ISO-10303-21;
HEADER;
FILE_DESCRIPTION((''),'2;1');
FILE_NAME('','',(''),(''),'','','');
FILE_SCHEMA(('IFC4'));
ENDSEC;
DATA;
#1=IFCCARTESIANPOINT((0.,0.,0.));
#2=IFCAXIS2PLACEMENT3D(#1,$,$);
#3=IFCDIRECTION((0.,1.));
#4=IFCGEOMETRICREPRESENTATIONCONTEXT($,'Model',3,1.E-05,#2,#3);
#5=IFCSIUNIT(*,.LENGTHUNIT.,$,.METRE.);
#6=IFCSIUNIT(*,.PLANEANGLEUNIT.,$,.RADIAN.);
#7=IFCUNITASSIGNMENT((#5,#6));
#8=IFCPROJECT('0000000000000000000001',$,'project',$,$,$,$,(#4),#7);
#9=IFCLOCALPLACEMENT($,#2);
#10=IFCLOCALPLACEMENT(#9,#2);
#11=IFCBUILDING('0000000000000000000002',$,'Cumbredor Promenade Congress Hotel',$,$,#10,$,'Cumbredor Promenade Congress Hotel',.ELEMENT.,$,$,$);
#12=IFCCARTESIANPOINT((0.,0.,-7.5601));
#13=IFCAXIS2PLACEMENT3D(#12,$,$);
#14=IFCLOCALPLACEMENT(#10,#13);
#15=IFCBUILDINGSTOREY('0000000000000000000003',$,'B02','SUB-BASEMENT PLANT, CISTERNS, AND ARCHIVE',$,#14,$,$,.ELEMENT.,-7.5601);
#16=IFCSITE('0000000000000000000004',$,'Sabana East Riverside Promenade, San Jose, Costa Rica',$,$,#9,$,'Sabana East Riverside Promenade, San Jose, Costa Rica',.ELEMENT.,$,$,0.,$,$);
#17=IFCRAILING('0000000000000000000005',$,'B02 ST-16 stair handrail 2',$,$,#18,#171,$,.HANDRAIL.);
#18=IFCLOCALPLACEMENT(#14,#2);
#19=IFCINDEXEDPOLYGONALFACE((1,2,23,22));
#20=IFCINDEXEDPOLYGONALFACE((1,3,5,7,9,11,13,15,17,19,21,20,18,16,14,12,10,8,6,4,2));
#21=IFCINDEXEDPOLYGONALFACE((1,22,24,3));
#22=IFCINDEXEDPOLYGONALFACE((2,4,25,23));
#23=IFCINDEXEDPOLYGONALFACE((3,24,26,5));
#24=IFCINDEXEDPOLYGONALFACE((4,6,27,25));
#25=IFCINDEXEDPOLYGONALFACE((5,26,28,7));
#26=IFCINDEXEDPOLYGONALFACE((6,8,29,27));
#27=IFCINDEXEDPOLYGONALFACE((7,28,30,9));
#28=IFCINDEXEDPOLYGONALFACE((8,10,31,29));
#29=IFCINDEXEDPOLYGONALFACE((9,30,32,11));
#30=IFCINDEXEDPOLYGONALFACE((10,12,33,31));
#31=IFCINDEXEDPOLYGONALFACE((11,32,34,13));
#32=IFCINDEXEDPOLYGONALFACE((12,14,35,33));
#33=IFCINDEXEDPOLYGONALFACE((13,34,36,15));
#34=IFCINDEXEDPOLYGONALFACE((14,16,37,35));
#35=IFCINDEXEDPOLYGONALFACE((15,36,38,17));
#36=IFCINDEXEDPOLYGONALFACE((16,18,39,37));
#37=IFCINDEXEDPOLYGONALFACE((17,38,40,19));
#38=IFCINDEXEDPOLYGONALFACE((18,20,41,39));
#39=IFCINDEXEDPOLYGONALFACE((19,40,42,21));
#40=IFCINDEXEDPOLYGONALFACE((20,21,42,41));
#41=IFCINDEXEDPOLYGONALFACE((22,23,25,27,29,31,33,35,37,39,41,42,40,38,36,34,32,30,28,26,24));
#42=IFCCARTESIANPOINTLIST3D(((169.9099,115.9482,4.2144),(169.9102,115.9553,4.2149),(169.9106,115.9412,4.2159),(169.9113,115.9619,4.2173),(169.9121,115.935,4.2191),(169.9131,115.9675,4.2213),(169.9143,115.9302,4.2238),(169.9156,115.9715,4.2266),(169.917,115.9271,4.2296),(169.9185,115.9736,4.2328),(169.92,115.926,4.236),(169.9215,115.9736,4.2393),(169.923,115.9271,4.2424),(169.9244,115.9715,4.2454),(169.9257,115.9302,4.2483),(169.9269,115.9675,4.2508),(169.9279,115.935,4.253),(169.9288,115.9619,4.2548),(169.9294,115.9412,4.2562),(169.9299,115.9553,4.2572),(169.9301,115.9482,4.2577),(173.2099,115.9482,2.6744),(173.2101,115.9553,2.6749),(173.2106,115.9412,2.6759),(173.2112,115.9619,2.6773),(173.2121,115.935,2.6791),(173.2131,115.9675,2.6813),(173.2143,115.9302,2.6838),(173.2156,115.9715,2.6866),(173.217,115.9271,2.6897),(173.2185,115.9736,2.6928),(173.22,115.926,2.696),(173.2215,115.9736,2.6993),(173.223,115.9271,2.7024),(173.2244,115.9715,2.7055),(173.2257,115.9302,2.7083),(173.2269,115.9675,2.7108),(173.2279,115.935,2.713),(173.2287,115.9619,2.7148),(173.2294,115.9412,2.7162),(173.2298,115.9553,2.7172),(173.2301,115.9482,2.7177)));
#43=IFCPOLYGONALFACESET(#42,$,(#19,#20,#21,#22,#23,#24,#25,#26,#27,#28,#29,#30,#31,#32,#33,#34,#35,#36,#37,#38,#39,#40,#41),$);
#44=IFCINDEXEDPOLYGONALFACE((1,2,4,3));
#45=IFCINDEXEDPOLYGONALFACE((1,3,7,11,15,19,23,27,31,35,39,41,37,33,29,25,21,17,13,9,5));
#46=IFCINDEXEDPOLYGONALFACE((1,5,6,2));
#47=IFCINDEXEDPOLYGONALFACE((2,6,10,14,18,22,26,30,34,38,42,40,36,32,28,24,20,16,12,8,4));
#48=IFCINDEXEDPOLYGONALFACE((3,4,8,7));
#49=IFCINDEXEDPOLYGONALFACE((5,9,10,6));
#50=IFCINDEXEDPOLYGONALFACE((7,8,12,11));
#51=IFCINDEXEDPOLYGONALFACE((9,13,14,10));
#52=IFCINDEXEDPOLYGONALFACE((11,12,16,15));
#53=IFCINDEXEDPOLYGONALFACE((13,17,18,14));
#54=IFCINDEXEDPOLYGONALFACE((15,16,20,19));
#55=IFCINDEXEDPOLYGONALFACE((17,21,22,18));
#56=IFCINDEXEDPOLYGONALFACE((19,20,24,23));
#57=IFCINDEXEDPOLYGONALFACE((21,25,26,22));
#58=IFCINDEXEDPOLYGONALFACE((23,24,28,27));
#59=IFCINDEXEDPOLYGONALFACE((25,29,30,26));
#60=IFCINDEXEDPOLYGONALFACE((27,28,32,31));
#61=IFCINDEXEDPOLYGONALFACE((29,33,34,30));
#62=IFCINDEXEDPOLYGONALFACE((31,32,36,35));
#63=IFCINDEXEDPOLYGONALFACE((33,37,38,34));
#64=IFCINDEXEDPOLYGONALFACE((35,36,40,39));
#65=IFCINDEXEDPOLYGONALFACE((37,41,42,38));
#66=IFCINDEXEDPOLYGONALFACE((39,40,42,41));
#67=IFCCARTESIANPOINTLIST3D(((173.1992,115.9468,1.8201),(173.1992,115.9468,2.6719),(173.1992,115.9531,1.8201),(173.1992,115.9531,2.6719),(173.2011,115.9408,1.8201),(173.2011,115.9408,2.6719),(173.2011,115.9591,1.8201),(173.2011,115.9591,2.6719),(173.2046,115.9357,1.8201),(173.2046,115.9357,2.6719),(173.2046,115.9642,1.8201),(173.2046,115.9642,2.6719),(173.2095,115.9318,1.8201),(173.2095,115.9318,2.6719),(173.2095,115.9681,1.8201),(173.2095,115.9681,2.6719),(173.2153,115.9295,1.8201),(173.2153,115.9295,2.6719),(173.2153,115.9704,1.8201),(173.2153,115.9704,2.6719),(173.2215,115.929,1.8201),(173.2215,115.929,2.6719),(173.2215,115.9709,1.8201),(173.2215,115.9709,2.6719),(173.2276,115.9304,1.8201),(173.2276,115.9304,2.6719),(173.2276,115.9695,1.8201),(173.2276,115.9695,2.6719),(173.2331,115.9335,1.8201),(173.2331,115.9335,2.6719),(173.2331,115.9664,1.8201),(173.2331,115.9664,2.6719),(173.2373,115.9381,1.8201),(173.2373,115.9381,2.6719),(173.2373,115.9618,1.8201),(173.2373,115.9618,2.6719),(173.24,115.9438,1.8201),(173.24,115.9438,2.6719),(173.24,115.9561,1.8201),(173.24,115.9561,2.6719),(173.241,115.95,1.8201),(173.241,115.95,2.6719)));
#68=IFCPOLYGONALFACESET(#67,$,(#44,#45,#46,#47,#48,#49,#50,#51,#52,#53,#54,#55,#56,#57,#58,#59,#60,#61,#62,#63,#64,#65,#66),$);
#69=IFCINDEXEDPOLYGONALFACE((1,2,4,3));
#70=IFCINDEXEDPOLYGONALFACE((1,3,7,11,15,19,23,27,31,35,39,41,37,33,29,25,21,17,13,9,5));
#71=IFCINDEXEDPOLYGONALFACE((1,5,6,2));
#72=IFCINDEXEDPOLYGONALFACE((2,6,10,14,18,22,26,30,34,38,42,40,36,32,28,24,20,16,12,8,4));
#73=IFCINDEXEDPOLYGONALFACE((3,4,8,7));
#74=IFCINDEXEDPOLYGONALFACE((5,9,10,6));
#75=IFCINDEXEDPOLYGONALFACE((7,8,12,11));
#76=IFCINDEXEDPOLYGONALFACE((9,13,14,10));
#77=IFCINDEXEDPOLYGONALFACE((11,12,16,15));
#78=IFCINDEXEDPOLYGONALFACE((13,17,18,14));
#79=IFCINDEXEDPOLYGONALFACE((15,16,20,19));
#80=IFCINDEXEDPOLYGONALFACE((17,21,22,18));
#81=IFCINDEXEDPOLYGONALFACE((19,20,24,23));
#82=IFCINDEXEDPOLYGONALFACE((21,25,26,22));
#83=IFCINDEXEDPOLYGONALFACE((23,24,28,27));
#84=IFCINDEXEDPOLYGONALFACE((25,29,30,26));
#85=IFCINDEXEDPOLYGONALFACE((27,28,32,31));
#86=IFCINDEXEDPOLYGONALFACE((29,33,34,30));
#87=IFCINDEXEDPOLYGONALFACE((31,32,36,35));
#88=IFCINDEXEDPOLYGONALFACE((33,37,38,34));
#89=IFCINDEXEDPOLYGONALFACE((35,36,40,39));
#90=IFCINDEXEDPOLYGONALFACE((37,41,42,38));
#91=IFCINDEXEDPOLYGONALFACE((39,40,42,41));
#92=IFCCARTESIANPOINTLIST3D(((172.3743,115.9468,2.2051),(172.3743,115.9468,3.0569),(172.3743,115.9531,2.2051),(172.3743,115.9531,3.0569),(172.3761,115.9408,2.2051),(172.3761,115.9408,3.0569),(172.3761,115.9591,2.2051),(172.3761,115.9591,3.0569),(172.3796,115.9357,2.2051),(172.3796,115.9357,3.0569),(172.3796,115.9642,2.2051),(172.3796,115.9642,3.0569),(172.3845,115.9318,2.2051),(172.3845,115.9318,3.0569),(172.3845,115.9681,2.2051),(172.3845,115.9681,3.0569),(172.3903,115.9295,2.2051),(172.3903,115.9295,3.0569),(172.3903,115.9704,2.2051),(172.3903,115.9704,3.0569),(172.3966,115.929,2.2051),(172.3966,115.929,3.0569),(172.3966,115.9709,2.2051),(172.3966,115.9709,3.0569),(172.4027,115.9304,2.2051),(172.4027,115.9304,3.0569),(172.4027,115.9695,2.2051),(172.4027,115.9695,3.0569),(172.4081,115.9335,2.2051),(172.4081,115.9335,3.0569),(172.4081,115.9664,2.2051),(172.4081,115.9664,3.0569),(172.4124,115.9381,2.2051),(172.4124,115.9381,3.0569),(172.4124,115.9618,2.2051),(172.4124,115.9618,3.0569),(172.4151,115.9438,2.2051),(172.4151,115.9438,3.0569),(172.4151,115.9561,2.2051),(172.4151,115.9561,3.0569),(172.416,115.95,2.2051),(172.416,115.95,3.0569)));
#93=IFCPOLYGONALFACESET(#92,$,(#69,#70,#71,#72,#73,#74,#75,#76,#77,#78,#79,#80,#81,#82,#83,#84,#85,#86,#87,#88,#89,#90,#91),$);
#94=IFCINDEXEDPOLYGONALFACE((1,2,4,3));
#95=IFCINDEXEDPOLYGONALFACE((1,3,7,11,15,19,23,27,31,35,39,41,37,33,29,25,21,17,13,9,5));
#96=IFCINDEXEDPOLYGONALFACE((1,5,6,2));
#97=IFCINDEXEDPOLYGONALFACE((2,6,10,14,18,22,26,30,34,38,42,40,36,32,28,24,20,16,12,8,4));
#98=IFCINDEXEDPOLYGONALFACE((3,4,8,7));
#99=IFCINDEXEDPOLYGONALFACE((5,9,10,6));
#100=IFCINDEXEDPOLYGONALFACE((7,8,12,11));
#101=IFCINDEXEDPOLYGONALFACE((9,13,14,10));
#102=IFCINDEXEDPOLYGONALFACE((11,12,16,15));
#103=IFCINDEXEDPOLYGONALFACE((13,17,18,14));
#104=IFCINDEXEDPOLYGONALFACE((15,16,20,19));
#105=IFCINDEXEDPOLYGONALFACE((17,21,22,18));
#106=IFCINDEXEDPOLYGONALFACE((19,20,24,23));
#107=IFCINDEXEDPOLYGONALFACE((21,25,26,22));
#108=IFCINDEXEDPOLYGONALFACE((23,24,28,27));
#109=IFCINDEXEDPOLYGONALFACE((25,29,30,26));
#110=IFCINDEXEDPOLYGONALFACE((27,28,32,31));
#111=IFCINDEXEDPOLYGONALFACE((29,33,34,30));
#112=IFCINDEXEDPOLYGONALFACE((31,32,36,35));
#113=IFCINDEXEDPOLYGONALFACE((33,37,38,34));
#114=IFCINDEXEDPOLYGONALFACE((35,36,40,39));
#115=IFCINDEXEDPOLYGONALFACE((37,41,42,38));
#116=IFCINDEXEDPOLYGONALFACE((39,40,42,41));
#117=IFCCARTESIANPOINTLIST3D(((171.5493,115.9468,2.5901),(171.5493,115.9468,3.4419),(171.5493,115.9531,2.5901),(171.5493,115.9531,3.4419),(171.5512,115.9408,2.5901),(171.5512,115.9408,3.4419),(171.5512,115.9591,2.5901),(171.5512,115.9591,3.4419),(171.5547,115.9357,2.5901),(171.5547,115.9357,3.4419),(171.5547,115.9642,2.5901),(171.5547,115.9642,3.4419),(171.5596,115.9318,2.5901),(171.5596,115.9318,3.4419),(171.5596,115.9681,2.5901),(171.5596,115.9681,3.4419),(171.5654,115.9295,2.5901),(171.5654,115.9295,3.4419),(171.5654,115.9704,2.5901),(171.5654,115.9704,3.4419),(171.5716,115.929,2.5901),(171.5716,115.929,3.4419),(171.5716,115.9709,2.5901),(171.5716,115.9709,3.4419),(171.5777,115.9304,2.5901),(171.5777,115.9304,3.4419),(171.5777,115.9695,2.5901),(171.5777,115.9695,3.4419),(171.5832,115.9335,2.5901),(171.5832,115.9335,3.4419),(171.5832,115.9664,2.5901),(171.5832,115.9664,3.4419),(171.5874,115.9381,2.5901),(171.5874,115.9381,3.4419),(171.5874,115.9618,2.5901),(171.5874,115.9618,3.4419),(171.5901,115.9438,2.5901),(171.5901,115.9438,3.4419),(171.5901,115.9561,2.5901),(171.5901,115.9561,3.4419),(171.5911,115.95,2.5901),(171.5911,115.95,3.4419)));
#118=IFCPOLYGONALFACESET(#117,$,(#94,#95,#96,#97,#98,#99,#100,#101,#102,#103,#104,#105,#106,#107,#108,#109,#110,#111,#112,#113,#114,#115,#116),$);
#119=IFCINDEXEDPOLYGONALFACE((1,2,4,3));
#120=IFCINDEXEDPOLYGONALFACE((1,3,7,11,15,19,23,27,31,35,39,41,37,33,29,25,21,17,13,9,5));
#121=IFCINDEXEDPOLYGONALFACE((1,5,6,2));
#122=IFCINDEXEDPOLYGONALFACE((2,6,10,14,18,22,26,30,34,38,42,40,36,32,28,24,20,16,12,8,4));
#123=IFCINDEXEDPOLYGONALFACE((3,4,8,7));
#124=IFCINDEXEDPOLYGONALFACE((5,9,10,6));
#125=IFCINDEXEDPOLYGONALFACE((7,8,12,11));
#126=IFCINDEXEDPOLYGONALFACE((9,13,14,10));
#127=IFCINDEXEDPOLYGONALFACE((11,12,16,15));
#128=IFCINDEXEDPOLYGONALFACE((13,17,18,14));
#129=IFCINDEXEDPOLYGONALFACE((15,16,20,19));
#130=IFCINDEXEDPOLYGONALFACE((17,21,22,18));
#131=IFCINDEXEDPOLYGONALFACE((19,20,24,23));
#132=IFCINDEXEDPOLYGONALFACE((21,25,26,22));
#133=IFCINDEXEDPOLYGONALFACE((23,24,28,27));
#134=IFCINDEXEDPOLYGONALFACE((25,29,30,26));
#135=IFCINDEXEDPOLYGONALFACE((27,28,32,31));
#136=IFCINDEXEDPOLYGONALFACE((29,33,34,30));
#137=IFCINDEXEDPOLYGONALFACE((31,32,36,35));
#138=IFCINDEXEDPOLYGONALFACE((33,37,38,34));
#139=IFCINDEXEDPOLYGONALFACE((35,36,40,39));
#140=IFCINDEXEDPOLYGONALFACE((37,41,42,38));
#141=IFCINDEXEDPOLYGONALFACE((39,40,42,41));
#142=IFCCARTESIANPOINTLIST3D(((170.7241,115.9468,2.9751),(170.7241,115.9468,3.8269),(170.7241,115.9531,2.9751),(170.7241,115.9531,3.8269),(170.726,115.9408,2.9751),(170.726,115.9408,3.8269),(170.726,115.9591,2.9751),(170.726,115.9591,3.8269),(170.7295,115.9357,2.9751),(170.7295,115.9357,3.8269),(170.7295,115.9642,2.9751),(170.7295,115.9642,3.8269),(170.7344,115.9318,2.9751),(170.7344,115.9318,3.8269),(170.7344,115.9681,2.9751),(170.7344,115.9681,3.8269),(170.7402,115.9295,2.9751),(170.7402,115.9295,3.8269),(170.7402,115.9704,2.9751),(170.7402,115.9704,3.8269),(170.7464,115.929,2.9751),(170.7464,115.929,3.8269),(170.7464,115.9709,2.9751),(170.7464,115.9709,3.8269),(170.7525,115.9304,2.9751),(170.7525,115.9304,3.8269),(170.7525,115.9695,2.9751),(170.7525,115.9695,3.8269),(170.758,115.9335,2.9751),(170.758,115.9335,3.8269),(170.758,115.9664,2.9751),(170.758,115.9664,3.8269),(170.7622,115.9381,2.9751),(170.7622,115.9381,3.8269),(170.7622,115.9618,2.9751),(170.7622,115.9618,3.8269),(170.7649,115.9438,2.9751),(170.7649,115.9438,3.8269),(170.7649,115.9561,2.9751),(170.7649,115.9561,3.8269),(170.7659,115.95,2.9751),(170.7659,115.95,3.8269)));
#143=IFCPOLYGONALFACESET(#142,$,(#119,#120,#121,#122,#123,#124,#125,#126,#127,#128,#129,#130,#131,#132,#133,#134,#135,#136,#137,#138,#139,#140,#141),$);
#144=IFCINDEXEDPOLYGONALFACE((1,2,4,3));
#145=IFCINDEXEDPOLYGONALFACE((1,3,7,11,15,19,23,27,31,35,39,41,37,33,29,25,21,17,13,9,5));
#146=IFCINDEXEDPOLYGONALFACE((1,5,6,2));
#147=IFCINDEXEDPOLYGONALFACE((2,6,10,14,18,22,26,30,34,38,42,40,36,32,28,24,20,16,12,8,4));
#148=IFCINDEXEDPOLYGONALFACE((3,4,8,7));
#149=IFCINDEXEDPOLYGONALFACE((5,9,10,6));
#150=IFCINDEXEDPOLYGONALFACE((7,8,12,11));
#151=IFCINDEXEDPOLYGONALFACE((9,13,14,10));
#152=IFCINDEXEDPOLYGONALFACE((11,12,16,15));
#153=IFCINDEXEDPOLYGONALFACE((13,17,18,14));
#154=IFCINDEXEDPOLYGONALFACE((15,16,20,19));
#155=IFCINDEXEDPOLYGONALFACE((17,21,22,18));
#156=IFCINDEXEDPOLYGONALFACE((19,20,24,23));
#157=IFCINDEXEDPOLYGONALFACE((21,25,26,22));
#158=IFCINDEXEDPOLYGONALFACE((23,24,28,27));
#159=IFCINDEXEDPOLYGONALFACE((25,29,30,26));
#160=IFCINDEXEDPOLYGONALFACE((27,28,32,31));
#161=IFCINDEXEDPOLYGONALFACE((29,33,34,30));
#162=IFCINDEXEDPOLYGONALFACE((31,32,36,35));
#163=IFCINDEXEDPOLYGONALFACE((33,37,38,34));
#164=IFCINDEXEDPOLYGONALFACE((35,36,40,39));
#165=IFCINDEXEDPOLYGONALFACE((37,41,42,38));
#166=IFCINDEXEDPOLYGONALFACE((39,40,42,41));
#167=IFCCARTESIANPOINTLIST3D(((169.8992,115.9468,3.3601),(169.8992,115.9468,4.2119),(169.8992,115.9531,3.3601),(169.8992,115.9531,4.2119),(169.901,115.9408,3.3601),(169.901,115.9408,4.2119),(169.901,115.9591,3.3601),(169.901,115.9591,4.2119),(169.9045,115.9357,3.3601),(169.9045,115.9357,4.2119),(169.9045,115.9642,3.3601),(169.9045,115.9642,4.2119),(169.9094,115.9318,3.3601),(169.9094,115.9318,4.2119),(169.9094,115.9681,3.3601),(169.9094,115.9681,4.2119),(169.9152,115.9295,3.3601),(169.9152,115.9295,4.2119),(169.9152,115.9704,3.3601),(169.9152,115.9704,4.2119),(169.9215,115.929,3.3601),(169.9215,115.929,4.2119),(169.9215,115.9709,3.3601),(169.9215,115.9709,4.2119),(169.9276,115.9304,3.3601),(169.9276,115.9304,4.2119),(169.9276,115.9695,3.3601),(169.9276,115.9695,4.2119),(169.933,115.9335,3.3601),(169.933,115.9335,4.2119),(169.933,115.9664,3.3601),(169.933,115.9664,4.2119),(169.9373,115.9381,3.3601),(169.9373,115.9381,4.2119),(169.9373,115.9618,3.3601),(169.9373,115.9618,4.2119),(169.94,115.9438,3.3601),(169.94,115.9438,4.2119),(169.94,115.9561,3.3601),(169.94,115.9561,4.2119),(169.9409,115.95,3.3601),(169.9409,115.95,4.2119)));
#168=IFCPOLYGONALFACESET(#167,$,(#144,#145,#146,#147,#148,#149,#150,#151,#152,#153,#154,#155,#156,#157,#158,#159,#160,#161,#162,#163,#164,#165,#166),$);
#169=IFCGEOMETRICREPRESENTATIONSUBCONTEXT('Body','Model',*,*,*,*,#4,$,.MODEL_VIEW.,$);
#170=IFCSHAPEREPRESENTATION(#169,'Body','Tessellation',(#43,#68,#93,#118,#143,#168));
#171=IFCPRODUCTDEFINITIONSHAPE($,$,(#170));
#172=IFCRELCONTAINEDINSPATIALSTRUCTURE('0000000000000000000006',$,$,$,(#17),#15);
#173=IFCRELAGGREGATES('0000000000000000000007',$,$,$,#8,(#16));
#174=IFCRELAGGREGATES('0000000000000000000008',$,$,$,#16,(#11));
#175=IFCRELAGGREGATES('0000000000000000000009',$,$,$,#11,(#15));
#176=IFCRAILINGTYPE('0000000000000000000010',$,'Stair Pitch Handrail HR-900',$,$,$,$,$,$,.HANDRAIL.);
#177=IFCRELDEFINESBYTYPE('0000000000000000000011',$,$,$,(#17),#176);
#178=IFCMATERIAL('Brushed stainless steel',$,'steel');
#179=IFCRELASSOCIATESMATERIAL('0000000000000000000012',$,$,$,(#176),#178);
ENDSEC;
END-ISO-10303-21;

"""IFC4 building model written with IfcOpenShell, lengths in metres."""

from ifc_helpers import new_model, si_unit, direction, frame, origin, origin_2d, place, context, subcontext, project, spatial, circle, extrude, material, type_object, element, save


model = new_model("IFC4")

# Units and contexts
model_context = context("Model", 3, precision=1e-05, world=origin(), true_north=direction((0.0, 1.0)))
body_context = subcontext(model_context, "Body", "Model", "MODEL_VIEW")
ifc_project = project(units=[si_unit("LENGTHUNIT", "METRE"), si_unit("PLANEANGLEUNIT", "RADIAN")], contexts=[model_context])

# Site, building, storey
site_placement = place(None, origin())
site = spatial("IfcSite", under=ifc_project, at=site_placement, Name="Sabana East Riverside Promenade, San Jose, Costa Rica", LongName="Sabana East Riverside Promenade, San Jose, Costa Rica", CompositionType="ELEMENT", RefElevation=0.0)
building_placement = place(site_placement, origin())
building = spatial("IfcBuilding", under=site, at=building_placement, Name="Cumbredor Promenade Congress Hotel", LongName="Cumbredor Promenade Congress Hotel", CompositionType="ELEMENT")
storey_placement = place(building_placement, frame((0.0, 0.0, -7.5601)))
storey = spatial("IfcBuildingStorey", under=building, at=storey_placement, Name="B02", Description="SUB-BASEMENT PLANT, CISTERNS, AND ARCHIVE", CompositionType="ELEMENT", Elevation=-7.5601)

# Railing
ifc_material_1 = material(Name="Brushed stainless steel", Category="steel")
railing_type_1 = type_object("IfcRailingType", Name="Stair Pitch Handrail HR-900", PredefinedType="HANDRAIL", material=ifc_material_1)
railing_1_placement = place(storey_placement, frame((173.22, 115.95, 1.8201)))
element("IfcRailing", 1, at=railing_1_placement, inside=storey, type_object=railing_type_1, Name="B02 ST-16 stair handrail 2", PredefinedType="HANDRAIL", context=body_context, shape_type="SweptSolid", body=[
    extrude(circle(Radius=0.0239, at=origin_2d()), frame((0.0, 0.0, 0.876), z_axis=(-0.906181, 0.0, 0.422889), x_axis=(0.0, -1.0, 0.0)), (0.0, 0.0, 1.0), 3.6416),
    extrude(circle(Radius=0.021, at=origin_2d()), origin(), (0.0, 0.0, 1.0), 0.8518),
    extrude(circle(Radius=0.021, at=origin_2d()), frame((-0.825, 0.0, 0.385)), (0.0, 0.0, 1.0), 0.8518),
    extrude(circle(Radius=0.021, at=origin_2d()), frame((-1.6499, 0.0, 0.77)), (0.0, 0.0, 1.0), 0.8518),
    extrude(circle(Radius=0.021, at=origin_2d()), frame((-2.4751, 0.0, 1.155)), (0.0, 0.0, 1.0), 0.8518),
    extrude(circle(Radius=0.021, at=origin_2d()), frame((-3.3, 0.0, 1.54)), (0.0, 0.0, 1.0), 0.8518),
])

save(model, "model.ifc")
